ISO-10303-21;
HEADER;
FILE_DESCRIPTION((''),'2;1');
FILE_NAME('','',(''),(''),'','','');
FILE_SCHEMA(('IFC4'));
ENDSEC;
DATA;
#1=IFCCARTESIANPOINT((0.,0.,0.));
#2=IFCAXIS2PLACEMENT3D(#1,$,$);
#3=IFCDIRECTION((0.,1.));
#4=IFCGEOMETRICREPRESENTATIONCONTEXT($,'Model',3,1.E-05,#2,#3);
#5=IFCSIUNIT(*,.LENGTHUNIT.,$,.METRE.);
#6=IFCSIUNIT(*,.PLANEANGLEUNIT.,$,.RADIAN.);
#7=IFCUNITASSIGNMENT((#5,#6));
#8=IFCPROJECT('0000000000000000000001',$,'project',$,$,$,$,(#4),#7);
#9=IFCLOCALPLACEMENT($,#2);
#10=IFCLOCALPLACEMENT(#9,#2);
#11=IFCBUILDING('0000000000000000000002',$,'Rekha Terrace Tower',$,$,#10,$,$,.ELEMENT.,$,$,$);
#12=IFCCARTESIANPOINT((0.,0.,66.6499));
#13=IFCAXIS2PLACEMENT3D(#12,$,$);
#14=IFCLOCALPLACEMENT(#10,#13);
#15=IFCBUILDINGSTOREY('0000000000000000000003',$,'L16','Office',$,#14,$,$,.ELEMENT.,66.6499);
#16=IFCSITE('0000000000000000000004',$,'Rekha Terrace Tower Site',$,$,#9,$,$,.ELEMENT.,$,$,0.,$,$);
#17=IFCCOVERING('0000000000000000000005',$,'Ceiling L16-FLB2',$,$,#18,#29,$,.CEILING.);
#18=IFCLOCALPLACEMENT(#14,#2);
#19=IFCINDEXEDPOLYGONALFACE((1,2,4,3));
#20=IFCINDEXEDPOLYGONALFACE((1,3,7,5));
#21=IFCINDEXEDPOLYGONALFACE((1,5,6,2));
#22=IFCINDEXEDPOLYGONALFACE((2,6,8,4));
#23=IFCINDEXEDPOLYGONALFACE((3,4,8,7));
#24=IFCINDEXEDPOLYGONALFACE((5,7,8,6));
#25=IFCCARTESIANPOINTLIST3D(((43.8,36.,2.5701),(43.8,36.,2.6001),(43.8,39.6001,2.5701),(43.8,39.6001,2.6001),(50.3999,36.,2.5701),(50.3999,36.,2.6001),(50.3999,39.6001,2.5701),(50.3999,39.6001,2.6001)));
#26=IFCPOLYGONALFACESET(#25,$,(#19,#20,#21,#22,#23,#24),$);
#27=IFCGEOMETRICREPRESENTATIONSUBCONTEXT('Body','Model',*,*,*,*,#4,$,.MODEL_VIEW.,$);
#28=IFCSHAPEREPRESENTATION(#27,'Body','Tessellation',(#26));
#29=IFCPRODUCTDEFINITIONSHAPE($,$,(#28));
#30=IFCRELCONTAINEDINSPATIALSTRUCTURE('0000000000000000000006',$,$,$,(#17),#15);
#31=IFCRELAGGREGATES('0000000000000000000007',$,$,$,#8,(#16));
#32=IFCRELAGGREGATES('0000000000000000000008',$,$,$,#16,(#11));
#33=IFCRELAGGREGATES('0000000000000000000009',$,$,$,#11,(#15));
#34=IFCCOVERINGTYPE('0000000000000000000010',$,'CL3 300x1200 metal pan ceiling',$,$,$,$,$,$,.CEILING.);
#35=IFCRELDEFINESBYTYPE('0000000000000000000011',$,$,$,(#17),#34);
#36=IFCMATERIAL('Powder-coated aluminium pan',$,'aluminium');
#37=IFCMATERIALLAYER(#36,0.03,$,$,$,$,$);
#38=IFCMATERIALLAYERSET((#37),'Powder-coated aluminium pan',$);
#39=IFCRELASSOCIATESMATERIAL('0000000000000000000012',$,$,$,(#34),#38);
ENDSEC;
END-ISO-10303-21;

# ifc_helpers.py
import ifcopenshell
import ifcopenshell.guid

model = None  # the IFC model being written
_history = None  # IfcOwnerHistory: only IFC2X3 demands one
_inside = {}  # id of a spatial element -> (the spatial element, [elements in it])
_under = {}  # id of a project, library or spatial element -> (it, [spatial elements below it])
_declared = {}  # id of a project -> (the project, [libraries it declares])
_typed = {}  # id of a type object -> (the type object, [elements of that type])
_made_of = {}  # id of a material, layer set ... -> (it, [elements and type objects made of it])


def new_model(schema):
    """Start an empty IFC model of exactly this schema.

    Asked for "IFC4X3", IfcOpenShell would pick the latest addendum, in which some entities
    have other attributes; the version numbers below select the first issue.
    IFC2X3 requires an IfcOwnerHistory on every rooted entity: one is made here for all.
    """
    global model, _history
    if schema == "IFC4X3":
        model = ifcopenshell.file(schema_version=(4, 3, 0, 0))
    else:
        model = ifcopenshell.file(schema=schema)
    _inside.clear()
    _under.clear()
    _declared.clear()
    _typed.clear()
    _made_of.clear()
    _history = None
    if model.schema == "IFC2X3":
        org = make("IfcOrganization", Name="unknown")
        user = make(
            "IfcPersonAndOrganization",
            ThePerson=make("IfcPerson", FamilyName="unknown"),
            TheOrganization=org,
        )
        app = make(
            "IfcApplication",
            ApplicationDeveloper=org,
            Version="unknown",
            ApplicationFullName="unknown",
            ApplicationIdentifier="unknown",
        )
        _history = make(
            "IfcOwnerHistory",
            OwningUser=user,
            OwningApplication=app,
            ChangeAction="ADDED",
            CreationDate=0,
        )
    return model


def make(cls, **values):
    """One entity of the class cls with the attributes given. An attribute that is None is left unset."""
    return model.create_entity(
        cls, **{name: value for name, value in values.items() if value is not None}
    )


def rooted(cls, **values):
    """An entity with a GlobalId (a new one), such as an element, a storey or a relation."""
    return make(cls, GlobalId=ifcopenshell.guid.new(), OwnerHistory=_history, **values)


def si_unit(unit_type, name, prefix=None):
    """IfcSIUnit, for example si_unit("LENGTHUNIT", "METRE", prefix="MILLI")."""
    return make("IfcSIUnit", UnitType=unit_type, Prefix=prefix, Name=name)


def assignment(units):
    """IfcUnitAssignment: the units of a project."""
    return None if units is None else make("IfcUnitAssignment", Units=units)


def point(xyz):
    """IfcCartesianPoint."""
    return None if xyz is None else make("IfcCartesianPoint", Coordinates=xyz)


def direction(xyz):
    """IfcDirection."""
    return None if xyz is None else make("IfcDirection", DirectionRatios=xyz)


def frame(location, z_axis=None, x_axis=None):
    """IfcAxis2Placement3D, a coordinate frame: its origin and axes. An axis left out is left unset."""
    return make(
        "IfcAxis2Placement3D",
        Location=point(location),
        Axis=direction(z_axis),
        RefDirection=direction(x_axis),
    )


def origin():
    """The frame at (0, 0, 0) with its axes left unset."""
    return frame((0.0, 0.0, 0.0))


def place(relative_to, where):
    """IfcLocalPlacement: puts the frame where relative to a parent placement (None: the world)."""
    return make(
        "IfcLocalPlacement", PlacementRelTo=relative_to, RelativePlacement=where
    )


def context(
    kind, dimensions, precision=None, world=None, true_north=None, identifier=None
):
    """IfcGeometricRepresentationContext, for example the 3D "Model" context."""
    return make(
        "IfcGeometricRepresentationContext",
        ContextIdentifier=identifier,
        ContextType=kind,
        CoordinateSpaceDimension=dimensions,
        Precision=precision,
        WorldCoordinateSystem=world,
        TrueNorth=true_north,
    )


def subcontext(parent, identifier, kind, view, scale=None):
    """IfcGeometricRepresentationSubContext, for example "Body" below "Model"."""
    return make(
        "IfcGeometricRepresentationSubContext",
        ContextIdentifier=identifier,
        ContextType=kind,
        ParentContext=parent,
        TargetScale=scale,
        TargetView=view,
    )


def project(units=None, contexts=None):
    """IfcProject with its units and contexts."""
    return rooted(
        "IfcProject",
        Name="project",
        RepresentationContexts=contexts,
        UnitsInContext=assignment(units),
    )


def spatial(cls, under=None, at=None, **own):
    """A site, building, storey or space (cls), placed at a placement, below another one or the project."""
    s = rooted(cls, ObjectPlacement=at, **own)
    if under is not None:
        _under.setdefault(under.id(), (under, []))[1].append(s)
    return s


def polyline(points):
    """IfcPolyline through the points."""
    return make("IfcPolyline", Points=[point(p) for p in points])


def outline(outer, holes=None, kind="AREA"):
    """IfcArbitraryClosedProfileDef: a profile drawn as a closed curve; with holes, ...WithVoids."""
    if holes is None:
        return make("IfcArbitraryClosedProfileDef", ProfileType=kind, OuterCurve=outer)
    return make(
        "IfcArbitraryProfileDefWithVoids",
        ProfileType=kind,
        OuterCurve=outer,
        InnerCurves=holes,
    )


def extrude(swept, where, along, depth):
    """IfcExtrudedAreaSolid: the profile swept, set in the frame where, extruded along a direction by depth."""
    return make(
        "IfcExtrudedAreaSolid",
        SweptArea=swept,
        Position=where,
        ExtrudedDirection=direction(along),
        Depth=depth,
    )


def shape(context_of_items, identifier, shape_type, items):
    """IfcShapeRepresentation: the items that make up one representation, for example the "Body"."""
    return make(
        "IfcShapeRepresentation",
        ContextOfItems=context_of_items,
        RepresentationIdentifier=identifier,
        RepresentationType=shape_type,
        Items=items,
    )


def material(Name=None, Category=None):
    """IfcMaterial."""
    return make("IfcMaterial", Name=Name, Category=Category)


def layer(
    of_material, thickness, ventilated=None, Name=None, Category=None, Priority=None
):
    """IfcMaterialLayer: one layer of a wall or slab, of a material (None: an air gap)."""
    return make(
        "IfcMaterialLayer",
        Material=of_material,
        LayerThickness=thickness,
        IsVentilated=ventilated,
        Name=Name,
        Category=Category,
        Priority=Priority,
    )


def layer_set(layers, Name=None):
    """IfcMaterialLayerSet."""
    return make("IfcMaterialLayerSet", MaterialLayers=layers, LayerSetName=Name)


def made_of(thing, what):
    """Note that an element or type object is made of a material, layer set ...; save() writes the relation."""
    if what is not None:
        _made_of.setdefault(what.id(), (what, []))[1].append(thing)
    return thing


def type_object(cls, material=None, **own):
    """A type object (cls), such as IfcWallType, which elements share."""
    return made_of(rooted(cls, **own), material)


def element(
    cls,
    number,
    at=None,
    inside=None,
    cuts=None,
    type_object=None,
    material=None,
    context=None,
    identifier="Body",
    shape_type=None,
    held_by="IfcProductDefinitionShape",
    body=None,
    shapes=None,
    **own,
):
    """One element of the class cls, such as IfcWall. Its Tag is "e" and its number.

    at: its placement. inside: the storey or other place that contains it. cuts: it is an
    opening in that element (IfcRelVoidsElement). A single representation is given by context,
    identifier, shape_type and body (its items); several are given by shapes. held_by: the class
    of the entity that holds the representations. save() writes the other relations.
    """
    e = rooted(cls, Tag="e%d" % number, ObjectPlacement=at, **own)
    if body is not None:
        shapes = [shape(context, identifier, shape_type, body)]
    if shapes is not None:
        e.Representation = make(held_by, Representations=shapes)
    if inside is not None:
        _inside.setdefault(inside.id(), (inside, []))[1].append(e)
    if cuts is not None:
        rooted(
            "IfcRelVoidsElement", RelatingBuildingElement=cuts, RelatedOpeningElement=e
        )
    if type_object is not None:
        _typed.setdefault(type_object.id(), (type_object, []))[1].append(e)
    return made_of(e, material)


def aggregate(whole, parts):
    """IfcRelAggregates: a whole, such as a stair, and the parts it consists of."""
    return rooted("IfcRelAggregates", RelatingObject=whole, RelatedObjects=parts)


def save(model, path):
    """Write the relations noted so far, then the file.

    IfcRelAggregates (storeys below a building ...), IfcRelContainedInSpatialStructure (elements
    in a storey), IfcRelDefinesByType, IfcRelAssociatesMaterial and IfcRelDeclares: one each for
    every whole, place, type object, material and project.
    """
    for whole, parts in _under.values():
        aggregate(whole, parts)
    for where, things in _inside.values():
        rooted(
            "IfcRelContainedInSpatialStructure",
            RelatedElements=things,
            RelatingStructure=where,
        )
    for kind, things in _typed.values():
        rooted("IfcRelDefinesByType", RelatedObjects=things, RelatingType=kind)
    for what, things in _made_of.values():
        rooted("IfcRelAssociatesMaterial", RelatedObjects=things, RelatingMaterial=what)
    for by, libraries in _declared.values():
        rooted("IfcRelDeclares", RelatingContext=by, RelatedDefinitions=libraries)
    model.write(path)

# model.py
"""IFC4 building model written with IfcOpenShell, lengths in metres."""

from ifc_helpers import new_model, si_unit, direction, frame, origin, place, context, subcontext, project, spatial, polyline, outline, extrude, material, layer, layer_set, type_object, element, save


model = new_model("IFC4")

# Units and contexts
model_context = context("Model", 3, precision=1e-05, world=origin(), true_north=direction((0.0, 1.0)))
body_context = subcontext(model_context, "Body", "Model", "MODEL_VIEW")
ifc_project = project(units=[si_unit("LENGTHUNIT", "METRE"), si_unit("PLANEANGLEUNIT", "RADIAN")], contexts=[model_context])

# Site, building, storey
site_placement = place(None, origin())
site = spatial("IfcSite", under=ifc_project, at=site_placement, Name="Rekha Terrace Tower Site", CompositionType="ELEMENT", RefElevation=0.0)
building_placement = place(site_placement, origin())
building = spatial("IfcBuilding", under=site, at=building_placement, Name="Rekha Terrace Tower", CompositionType="ELEMENT")
storey_placement = place(building_placement, frame((0.0, 0.0, 66.6499)))
storey = spatial("IfcBuildingStorey", under=building, at=storey_placement, Name="L16", Description="Office", CompositionType="ELEMENT", Elevation=66.6499)

# Covering
ifc_material_1 = material(Name="Powder-coated aluminium pan", Category="aluminium")
ifc_layer_1 = layer(ifc_material_1, 0.03)
ifc_layer_set_1 = layer_set([ifc_layer_1], Name="Powder-coated aluminium pan")
covering_type_1 = type_object("IfcCoveringType", Name="CL3 300x1200 metal pan ceiling", PredefinedType="CEILING", material=ifc_layer_set_1)
covering_1_placement = place(storey_placement, frame((0.0, 0.0, 2.5701)))
element("IfcCovering", 1, at=covering_1_placement, inside=storey, type_object=covering_type_1, Name="Ceiling L16-FLB2", PredefinedType="CEILING", context=body_context, shape_type="SweptSolid", body=[
    extrude(outline(polyline([(50.3999, 39.6001), (43.8, 39.6001), (43.8, 36.0), (50.3999, 36.0), (50.3999, 39.6001)])), origin(), (0.0, 0.0, 1.0), 0.03),
])

save(model, "model.ifc")
